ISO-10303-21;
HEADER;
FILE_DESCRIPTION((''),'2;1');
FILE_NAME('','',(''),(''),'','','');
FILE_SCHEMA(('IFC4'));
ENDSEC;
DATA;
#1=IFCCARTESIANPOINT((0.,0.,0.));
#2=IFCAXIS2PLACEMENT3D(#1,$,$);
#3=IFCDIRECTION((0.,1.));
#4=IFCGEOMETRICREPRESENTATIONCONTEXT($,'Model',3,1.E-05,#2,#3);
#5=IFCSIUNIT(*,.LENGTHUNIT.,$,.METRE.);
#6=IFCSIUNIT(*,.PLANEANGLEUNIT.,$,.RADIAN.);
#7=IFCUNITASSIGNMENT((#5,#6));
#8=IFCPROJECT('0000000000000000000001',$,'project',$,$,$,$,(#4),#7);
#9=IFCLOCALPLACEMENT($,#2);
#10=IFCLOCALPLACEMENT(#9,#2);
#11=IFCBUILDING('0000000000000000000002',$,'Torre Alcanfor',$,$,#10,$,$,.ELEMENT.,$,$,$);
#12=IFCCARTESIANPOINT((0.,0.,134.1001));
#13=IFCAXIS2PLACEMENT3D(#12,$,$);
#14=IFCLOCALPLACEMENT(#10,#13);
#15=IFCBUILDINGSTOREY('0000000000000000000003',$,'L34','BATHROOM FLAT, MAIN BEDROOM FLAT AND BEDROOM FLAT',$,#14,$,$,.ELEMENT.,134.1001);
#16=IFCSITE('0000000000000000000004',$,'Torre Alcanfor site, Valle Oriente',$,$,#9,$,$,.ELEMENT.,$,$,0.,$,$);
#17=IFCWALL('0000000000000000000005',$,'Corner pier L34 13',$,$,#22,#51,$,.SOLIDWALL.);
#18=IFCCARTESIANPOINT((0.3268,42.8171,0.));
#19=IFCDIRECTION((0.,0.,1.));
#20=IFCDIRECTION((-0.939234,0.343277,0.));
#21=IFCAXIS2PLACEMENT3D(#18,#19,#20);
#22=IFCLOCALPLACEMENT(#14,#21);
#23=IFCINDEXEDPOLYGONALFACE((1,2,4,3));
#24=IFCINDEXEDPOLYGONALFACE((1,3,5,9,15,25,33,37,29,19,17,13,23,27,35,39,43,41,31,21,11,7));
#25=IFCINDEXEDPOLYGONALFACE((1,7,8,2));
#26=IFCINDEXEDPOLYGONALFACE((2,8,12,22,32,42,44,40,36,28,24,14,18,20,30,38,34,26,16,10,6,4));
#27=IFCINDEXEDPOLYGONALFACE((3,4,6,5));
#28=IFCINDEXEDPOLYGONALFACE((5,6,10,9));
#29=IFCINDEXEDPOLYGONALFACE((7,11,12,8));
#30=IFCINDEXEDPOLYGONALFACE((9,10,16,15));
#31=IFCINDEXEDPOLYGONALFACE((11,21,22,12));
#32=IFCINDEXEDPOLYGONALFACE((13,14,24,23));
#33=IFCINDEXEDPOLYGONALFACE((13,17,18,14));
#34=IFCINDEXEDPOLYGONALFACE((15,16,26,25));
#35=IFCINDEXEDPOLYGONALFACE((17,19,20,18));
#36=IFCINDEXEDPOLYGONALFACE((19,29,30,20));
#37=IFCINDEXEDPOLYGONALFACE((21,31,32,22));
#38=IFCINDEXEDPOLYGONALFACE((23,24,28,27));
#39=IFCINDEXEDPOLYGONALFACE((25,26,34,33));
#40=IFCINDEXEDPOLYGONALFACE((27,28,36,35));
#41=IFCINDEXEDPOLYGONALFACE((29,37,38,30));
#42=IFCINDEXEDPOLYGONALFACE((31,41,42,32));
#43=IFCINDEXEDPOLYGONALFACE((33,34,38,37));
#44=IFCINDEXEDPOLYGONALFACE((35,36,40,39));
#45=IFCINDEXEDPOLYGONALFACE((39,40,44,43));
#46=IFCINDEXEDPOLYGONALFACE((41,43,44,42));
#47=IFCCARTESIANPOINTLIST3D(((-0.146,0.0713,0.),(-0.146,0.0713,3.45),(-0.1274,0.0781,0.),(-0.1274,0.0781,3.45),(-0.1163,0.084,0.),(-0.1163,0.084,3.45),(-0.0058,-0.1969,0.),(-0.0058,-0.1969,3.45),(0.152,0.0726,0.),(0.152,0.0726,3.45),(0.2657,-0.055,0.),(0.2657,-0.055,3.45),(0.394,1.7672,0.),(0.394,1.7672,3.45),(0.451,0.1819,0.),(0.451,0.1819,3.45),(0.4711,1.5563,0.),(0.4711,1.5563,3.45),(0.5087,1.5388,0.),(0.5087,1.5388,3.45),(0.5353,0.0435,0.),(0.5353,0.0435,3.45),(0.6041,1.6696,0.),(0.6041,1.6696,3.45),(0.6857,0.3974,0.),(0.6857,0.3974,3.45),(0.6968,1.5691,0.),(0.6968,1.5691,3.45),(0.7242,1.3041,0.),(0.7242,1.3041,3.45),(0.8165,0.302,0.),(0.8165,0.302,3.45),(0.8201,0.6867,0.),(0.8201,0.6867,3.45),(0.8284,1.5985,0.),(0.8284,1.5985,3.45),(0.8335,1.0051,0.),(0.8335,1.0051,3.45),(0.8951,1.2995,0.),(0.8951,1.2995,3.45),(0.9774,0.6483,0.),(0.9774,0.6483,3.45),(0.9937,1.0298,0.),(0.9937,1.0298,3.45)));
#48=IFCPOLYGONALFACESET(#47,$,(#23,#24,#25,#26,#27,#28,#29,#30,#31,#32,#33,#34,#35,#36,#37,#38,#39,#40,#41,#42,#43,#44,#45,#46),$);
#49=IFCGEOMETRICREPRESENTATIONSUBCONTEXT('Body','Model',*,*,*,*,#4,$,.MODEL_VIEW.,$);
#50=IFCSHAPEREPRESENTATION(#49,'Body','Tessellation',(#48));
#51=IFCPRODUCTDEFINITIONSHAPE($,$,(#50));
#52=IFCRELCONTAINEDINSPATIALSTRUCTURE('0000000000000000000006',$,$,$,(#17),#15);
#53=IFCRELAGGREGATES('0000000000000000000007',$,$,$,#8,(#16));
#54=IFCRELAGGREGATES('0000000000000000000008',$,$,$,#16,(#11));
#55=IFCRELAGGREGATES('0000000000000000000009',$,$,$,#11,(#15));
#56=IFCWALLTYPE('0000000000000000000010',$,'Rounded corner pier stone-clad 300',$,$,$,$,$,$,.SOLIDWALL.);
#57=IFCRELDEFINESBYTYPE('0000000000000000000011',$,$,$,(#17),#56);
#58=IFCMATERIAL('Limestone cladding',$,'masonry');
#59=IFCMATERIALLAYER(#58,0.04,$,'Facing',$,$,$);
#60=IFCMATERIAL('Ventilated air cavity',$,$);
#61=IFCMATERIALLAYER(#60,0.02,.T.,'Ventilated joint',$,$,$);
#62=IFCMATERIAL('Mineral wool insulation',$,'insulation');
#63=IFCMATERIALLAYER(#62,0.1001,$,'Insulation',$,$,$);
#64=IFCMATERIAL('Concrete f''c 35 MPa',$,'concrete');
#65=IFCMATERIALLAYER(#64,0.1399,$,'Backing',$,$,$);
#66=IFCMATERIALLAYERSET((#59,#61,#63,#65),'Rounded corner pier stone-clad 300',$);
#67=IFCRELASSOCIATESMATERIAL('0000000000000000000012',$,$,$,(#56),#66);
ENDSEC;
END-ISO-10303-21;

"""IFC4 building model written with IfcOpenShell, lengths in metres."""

from ifc_helpers import new_model, si_unit, direction, frame, origin, place, context, subcontext, project, spatial, polyline, outline, extrude, material, layer, layer_set, type_object, element, save


model = new_model("IFC4")

# Units and contexts
model_context = context("Model", 3, precision=1e-05, world=origin(), true_north=direction((0.0, 1.0)))
body_context = subcontext(model_context, "Body", "Model", "MODEL_VIEW")
ifc_project = project(units=[si_unit("LENGTHUNIT", "METRE"), si_unit("PLANEANGLEUNIT", "RADIAN")], contexts=[model_context])

# Site, building, storey
site_placement = place(None, origin())
site = spatial("IfcSite", under=ifc_project, at=site_placement, Name="Torre Alcanfor site, Valle Oriente", CompositionType="ELEMENT", RefElevation=0.0)
building_placement = place(site_placement, origin())
building = spatial("IfcBuilding", under=site, at=building_placement, Name="Torre Alcanfor", CompositionType="ELEMENT")
storey_placement = place(building_placement, frame((0.0, 0.0, 134.1001)))
storey = spatial("IfcBuildingStorey", under=building, at=storey_placement, Name="L34", Description="BATHROOM FLAT, MAIN BEDROOM FLAT AND BEDROOM FLAT", CompositionType="ELEMENT", Elevation=134.1001)

# Wall
ifc_material_1 = material(Name="Limestone cladding", Category="masonry")
ifc_layer_1 = layer(ifc_material_1, 0.04, Name="Facing")
ifc_material_2 = material(Name="Ventilated air cavity")
ifc_layer_2 = layer(ifc_material_2, 0.02, ventilated=True, Name="Ventilated joint")
ifc_material_3 = material(Name="Mineral wool insulation", Category="insulation")
ifc_layer_3 = layer(ifc_material_3, 0.1001, Name="Insulation")
ifc_material_4 = material(Name="Concrete f'c 35 MPa", Category="concrete")
ifc_layer_4 = layer(ifc_material_4, 0.1399, Name="Backing")
ifc_layer_set_1 = layer_set([ifc_layer_1, ifc_layer_2, ifc_layer_3, ifc_layer_4], Name="Rounded corner pier stone-clad 300")
wall_type_1 = type_object("IfcWallType", Name="Rounded corner pier stone-clad 300", PredefinedType="SOLIDWALL", material=ifc_layer_set_1)
wall_1_placement = place(storey_placement, frame((0.3268, 42.8171, 0.0), z_axis=(0.0, 0.0, 1.0), x_axis=(-0.939234, 0.343277, 0.0)))
element("IfcWall", 1, at=wall_1_placement, inside=storey, type_object=wall_type_1, Name="Corner pier L34 13", PredefinedType="SOLIDWALL", context=body_context, shape_type="SweptSolid", body=[
    extrude(outline(polyline([(-0.0058, -0.1969), (0.2657, -0.055), (0.5353, 0.0435), (0.8165, 0.302), (0.9774, 0.6483), (0.9937, 1.0298), (0.8951, 1.2995), (0.8284, 1.5985), (0.6968, 1.5691), (0.6041, 1.6696), (0.394, 1.7672), (0.4711, 1.5563), (0.5087, 1.5388), (0.7242, 1.3041), (0.8335, 1.0051), (0.8201, 0.6867), (0.6857, 0.3974), (0.451, 0.1819), (0.152, 0.0726), (-0.1163, 0.084), (-0.1274, 0.0781), (-0.146, 0.0713), (-0.0058, -0.1969)])), origin(), (0.0, 0.0, 1.0), 3.45),
])

save(model, "model.ifc")
